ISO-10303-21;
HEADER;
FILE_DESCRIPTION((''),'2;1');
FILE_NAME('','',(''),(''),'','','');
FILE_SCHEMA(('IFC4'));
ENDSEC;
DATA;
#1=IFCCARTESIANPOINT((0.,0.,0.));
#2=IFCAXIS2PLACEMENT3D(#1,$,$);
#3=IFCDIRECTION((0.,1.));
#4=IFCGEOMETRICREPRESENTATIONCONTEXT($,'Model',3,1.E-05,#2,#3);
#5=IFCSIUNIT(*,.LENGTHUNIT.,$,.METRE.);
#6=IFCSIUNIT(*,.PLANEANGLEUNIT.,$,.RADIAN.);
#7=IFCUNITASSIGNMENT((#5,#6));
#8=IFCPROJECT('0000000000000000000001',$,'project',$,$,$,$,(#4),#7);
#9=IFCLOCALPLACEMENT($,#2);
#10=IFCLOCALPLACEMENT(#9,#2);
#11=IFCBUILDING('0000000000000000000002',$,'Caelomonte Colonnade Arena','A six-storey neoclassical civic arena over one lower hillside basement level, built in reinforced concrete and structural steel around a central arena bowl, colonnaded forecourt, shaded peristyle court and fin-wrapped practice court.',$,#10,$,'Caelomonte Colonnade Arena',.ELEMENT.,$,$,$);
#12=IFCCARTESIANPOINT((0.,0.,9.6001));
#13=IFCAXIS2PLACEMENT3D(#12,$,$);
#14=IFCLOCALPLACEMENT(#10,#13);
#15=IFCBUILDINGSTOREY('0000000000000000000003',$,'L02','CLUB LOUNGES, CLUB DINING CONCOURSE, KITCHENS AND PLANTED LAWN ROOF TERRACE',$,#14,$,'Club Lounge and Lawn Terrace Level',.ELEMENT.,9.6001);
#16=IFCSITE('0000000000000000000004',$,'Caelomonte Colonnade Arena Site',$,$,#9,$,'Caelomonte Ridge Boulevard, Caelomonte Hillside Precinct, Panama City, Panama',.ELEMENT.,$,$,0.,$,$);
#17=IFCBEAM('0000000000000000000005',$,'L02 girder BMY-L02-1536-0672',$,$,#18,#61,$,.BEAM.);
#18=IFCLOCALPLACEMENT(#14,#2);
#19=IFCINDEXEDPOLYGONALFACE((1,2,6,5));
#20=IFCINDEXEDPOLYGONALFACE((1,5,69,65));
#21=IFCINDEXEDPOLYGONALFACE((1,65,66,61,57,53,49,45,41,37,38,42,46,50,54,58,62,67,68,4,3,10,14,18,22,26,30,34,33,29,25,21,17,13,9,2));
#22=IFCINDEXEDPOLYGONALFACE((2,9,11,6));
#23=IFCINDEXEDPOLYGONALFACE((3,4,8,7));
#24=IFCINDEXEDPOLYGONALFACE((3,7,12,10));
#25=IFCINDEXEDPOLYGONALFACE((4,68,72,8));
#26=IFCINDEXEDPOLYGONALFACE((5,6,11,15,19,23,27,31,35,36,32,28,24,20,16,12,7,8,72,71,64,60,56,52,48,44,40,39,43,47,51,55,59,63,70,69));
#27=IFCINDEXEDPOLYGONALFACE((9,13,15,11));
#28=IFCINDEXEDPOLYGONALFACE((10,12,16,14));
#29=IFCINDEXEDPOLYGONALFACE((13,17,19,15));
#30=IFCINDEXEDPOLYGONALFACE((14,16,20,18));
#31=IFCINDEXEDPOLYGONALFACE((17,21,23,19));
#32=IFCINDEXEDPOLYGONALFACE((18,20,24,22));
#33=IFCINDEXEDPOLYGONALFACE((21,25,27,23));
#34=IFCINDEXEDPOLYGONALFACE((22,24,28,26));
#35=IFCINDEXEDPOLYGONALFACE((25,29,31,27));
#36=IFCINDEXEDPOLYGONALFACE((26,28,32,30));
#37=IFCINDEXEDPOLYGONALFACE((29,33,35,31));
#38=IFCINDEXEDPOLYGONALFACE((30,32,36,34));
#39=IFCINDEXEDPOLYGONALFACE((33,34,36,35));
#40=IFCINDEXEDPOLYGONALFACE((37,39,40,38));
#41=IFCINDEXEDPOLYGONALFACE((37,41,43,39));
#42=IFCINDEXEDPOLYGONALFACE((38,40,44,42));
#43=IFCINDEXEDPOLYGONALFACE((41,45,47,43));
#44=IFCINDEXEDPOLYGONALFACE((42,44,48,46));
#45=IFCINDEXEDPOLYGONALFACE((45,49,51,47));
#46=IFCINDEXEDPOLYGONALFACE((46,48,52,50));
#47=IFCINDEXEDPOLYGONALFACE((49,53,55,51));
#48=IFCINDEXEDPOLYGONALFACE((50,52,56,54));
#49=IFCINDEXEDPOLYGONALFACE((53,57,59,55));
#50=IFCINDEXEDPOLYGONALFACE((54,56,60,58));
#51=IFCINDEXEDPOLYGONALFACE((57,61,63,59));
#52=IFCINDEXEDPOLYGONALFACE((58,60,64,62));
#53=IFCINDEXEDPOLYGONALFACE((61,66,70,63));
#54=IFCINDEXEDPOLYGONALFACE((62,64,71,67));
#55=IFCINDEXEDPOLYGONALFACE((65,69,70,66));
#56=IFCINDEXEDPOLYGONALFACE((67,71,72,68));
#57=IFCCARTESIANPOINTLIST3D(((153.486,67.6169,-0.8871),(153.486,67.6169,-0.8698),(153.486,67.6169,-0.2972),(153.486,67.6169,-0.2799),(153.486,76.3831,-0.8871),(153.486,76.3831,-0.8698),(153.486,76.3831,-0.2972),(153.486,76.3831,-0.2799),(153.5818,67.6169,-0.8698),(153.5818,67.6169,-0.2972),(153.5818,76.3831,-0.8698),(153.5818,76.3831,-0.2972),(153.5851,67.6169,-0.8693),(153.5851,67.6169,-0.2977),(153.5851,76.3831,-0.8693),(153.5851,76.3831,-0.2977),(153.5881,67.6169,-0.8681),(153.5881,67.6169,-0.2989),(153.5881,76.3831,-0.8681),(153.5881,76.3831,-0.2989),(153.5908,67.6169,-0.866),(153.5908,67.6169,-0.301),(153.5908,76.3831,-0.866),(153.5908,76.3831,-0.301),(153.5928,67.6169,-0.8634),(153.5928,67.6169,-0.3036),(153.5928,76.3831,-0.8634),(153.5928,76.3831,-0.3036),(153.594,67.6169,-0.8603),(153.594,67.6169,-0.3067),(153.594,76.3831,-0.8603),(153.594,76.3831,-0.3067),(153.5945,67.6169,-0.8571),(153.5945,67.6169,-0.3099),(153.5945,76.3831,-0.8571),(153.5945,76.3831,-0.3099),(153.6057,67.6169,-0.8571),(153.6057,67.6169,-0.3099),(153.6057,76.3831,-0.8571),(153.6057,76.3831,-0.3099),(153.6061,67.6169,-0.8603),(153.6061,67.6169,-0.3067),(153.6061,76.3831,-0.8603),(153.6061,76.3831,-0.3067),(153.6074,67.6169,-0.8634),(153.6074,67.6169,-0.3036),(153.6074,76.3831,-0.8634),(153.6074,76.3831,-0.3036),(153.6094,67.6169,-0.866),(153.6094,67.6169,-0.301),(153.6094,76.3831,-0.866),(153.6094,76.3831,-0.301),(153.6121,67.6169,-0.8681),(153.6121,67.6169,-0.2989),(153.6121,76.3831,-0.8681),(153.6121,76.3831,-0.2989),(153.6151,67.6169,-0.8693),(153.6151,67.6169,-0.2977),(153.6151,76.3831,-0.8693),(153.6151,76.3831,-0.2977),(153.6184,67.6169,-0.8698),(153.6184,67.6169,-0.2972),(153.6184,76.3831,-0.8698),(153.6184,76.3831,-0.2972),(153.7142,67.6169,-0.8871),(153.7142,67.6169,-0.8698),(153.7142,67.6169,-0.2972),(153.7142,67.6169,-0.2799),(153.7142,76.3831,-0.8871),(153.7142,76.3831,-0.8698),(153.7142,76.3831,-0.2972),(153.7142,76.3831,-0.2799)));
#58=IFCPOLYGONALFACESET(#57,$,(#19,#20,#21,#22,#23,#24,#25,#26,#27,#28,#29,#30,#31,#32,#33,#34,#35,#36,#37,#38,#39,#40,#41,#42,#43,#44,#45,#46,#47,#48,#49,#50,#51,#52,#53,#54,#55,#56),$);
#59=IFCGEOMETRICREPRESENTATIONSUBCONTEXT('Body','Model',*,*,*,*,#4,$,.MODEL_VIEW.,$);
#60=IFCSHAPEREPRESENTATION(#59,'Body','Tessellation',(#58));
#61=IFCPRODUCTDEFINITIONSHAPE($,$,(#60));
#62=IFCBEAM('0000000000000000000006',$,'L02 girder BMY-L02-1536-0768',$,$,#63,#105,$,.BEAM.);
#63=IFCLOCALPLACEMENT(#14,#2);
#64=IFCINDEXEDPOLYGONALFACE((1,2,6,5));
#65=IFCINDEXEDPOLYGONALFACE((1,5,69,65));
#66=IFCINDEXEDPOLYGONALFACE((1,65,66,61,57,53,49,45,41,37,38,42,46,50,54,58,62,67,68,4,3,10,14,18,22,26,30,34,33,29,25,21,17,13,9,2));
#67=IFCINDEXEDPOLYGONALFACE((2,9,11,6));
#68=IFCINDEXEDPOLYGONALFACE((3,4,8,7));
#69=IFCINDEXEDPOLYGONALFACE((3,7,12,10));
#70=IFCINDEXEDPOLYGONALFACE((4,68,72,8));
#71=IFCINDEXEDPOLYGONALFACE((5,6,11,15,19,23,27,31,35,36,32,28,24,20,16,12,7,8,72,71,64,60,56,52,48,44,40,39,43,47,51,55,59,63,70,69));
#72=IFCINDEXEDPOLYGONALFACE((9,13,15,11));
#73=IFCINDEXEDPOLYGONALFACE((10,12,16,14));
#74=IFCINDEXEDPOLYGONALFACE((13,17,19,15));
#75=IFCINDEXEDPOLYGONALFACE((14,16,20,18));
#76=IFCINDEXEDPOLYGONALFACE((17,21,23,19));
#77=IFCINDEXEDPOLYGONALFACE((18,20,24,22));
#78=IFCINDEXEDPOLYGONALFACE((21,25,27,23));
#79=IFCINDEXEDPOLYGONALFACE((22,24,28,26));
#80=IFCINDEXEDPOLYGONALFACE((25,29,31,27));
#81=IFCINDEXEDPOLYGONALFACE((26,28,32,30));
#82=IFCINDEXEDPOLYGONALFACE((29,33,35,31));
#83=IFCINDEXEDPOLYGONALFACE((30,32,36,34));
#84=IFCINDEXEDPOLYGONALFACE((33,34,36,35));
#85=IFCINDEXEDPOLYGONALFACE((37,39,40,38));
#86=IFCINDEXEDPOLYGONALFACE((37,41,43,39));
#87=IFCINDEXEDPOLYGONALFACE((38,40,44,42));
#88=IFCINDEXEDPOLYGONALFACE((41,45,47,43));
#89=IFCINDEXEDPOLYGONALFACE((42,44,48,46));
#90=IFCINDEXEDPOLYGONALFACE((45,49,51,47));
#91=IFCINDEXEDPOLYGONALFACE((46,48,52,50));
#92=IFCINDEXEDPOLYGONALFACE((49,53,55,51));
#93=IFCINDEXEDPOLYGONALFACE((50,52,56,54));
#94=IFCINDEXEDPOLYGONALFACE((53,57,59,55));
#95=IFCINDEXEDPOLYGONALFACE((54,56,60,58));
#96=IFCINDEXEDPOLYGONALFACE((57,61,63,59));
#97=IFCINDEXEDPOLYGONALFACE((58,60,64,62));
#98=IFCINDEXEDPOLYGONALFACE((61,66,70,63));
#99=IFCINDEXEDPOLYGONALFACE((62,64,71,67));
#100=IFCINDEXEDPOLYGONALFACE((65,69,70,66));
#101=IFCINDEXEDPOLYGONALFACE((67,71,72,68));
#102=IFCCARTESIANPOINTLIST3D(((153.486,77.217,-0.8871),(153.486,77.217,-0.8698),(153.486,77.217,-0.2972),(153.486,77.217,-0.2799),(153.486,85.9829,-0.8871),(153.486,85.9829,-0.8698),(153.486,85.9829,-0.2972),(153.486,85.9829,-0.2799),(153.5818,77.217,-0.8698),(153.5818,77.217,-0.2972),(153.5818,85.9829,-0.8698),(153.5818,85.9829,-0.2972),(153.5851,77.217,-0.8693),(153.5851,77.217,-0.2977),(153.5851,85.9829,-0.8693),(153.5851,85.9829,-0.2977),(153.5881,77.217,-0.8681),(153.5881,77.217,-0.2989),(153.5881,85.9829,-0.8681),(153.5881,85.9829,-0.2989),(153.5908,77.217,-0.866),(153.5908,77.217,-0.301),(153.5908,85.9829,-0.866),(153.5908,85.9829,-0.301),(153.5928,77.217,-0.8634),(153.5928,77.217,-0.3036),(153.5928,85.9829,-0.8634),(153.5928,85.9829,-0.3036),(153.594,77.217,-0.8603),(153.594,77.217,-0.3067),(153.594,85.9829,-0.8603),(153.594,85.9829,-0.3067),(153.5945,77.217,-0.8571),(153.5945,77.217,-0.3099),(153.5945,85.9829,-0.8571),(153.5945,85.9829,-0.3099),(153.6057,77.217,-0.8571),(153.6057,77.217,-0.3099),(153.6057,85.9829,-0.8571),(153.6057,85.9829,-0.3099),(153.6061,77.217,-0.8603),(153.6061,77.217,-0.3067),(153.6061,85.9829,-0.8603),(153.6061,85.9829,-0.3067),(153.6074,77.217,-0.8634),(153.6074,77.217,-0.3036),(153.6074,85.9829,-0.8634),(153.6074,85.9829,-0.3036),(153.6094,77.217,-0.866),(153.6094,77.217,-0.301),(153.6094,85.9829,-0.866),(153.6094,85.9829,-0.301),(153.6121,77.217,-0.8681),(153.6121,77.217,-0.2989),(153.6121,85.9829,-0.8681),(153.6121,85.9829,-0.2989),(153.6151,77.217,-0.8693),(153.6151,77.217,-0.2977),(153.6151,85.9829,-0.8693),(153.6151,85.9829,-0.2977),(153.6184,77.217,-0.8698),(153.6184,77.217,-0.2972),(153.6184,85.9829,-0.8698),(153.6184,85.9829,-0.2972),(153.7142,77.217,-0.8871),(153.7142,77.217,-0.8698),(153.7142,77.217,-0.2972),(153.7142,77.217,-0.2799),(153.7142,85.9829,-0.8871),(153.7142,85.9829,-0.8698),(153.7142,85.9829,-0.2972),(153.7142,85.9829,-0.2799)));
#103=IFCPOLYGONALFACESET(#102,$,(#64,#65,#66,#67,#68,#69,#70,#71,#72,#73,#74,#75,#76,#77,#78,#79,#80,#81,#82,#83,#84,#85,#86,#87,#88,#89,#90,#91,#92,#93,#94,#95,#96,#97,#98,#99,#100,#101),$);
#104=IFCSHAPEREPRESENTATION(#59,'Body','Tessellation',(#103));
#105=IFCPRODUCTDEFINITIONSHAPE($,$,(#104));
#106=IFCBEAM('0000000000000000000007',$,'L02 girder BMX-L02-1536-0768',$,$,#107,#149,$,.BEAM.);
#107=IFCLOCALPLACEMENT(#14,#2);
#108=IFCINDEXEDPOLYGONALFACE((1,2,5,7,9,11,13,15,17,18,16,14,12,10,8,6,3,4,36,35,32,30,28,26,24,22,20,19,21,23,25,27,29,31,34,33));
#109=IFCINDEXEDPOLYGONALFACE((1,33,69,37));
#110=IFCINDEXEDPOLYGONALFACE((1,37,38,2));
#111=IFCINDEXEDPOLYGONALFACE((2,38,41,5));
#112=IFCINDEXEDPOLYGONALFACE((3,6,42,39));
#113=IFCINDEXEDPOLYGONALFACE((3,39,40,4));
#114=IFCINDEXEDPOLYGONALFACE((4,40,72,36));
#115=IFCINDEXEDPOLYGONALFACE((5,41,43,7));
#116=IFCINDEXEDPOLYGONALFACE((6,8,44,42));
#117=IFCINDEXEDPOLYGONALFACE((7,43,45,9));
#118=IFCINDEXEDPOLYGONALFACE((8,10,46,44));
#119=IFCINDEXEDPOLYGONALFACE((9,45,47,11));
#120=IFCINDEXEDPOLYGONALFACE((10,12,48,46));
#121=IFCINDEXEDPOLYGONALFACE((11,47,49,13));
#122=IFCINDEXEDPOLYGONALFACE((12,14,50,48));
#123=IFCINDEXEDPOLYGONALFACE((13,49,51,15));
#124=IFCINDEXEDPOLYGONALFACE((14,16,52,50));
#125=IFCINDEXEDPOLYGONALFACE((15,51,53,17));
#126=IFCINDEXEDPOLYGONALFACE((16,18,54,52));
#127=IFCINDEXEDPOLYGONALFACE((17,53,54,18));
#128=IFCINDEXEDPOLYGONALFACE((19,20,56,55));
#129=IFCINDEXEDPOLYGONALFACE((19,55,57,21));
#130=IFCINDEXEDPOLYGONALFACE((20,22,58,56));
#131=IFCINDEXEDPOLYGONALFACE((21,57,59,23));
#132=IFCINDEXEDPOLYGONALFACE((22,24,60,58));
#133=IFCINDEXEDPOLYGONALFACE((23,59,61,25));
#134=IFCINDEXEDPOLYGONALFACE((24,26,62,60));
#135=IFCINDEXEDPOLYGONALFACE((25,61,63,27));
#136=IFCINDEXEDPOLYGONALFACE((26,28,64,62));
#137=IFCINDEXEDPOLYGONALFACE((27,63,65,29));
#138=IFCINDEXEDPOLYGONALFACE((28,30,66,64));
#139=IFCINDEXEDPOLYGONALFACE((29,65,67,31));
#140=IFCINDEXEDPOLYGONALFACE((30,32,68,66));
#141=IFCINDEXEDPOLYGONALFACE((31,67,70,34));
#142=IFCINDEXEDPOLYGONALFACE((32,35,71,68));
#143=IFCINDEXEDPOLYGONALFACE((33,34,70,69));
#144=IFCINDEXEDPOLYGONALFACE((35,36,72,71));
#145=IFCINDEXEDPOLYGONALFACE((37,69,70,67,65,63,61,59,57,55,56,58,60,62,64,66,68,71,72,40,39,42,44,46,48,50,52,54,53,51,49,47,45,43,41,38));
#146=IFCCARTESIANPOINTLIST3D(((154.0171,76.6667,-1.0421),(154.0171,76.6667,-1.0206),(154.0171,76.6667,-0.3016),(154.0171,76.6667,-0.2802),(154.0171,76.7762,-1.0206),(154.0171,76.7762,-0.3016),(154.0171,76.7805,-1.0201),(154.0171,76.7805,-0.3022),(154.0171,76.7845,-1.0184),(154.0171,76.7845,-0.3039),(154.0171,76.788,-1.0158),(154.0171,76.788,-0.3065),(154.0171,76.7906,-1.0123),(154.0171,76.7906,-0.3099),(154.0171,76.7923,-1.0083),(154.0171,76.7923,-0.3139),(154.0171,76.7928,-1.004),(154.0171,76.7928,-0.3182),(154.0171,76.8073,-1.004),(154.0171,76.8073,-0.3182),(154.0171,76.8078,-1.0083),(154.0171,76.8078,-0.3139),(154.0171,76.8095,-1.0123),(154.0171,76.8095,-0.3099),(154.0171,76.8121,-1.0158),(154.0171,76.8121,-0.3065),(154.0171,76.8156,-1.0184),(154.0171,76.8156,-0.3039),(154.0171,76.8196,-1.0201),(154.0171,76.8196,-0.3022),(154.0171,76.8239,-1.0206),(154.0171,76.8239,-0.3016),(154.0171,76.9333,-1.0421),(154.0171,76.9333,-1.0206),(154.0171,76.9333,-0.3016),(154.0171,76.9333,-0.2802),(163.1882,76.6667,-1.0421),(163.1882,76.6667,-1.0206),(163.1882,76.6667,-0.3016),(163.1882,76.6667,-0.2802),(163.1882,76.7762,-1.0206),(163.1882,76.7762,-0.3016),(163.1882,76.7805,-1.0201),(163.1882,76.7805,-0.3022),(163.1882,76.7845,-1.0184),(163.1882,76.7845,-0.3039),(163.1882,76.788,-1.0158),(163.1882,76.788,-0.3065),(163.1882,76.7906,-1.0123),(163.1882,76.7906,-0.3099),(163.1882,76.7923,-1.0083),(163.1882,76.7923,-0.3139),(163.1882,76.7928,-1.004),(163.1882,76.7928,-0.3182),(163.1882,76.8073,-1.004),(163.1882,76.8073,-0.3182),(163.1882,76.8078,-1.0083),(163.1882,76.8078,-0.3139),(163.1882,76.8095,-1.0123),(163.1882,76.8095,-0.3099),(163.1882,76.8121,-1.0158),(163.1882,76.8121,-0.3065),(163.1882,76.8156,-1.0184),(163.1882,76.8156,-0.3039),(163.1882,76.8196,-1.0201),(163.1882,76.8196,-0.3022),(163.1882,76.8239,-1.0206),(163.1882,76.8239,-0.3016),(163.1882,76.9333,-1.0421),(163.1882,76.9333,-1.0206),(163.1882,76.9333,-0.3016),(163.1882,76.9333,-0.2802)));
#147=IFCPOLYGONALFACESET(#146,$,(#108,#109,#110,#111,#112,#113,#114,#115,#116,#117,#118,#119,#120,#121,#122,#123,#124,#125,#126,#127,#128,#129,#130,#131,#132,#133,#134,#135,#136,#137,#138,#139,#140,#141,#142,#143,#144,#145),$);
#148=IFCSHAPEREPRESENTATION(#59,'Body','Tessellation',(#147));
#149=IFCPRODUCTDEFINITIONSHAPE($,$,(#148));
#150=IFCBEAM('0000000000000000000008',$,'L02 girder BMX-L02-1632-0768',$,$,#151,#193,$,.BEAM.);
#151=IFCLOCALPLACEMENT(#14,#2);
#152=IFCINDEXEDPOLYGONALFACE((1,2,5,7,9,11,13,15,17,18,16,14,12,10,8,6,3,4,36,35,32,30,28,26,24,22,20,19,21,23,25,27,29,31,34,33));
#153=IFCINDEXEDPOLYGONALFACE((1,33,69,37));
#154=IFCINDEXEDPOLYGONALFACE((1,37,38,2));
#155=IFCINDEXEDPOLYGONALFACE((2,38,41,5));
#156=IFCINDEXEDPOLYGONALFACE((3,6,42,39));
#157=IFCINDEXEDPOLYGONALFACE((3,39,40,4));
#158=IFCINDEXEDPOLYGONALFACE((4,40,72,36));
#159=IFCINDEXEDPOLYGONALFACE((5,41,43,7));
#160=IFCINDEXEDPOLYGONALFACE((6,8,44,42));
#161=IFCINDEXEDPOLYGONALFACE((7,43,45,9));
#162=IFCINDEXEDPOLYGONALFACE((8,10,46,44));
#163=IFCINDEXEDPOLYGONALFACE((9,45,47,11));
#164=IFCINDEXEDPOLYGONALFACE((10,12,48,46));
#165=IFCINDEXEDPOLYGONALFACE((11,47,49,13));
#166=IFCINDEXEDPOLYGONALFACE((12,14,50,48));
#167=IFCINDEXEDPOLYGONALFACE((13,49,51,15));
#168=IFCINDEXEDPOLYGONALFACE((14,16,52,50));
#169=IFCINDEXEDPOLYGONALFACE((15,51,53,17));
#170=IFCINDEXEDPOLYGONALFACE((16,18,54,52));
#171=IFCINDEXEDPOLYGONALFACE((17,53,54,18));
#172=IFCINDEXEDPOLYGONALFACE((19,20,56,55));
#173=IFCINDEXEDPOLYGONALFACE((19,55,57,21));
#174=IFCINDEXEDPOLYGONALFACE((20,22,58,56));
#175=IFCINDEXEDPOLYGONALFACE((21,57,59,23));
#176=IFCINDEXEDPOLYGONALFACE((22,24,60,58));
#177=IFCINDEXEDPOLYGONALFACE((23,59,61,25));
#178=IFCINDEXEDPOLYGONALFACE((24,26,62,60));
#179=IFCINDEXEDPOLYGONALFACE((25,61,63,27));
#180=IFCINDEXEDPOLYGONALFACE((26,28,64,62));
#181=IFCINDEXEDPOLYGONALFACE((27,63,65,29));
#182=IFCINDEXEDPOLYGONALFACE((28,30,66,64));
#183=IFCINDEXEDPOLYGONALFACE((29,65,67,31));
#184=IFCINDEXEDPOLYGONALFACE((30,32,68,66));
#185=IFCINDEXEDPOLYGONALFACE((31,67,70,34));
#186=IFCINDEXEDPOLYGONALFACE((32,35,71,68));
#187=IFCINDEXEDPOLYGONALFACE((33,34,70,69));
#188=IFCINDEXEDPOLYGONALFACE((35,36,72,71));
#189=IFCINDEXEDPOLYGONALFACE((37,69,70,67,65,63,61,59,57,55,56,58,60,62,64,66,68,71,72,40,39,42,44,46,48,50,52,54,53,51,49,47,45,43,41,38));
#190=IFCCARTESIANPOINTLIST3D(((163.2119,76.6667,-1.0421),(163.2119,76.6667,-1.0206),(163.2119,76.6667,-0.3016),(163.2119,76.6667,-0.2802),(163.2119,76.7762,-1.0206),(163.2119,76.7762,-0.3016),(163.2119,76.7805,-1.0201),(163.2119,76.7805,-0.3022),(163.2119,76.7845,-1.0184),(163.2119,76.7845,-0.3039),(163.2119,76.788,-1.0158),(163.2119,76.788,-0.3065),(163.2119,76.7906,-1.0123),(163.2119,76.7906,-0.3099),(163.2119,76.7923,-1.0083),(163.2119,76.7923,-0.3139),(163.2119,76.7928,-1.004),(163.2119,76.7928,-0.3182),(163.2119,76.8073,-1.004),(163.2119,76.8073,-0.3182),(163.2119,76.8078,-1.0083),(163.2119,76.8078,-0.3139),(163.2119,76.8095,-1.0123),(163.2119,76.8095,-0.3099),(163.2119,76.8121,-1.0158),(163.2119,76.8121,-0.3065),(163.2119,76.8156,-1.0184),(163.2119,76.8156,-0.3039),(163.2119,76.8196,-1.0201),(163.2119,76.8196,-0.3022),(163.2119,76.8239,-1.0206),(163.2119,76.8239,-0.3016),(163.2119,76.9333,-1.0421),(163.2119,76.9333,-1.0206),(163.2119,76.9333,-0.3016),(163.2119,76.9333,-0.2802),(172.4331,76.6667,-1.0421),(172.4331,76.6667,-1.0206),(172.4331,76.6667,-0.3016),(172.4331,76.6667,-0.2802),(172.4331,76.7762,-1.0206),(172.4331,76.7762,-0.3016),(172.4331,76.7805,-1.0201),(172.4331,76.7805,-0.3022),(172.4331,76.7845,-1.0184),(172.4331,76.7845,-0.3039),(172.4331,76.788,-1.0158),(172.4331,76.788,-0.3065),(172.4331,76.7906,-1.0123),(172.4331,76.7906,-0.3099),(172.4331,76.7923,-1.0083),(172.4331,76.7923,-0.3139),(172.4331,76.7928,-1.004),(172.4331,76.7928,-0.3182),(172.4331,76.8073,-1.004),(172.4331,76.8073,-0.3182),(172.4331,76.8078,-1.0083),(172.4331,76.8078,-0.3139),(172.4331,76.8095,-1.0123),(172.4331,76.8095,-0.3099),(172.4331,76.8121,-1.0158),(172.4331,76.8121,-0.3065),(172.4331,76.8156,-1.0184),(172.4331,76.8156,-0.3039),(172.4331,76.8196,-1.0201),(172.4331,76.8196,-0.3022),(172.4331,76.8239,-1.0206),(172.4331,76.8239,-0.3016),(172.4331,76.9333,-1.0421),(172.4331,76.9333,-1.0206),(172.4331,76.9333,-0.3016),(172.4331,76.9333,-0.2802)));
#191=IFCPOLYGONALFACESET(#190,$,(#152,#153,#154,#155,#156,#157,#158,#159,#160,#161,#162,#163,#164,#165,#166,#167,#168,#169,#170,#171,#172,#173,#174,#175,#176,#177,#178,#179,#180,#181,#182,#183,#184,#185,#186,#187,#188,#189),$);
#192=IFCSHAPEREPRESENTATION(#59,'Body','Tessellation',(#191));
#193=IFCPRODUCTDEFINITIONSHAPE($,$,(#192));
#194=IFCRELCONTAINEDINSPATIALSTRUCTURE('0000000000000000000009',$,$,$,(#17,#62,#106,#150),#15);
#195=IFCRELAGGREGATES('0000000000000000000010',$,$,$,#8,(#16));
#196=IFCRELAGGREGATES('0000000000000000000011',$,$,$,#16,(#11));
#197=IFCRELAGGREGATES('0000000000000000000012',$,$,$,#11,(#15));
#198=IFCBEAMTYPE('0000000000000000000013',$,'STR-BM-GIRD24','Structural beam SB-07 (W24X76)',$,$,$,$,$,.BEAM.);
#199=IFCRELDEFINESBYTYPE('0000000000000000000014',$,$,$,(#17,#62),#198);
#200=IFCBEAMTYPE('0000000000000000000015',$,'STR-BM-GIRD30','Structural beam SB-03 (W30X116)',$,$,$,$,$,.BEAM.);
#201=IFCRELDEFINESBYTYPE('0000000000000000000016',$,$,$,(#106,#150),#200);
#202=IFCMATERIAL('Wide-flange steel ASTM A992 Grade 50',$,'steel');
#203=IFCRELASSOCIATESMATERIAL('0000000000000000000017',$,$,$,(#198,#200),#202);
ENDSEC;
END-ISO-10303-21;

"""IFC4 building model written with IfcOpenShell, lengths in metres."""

from ifc_helpers import new_model, si_unit, direction, frame, origin, origin_2d, place, context, subcontext, project, spatial, i_section, extrude, material, material_profile, profile_set, type_object, element, save


model = new_model("IFC4")

# Units and contexts
model_context = context("Model", 3, precision=1e-05, world=origin(), true_north=direction((0.0, 1.0)))
body_context = subcontext(model_context, "Body", "Model", "MODEL_VIEW")
ifc_project = project(units=[si_unit("LENGTHUNIT", "METRE"), si_unit("PLANEANGLEUNIT", "RADIAN")], contexts=[model_context])

# Site, building, storey
site_placement = place(None, origin())
site = spatial("IfcSite", under=ifc_project, at=site_placement, Name="Caelomonte Colonnade Arena Site", LongName="Caelomonte Ridge Boulevard, Caelomonte Hillside Precinct, Panama City, Panama", CompositionType="ELEMENT", RefElevation=0.0)
building_placement = place(site_placement, origin())
building = spatial("IfcBuilding", under=site, at=building_placement, Name="Caelomonte Colonnade Arena", Description="A six-storey neoclassical civic arena over one lower hillside basement level, built in reinforced concrete and structural steel around a central arena bowl, colonnaded forecourt, shaded peristyle court and fin-wrapped practice court.", LongName="Caelomonte Colonnade Arena", CompositionType="ELEMENT")
storey_placement = place(building_placement, frame((0.0, 0.0, 9.6001)))
storey = spatial("IfcBuildingStorey", under=building, at=storey_placement, Name="L02", Description="CLUB LOUNGES, CLUB DINING CONCOURSE, KITCHENS AND PLANTED LAWN ROOF TERRACE", LongName="Club Lounge and Lawn Terrace Level", CompositionType="ELEMENT", Elevation=9.6001)

# Shared definitions
ifc_material_1 = material(Name="Wide-flange steel ASTM A992 Grade 50", Category="steel")

# Beams
ifc_material_profile_1 = material_profile(ifc_material_1, i_section(OverallWidth=0.2283, OverallDepth=0.6072, WebThickness=0.0112, FlangeThickness=0.0173, FilletRadius=0.0127, at=origin_2d()), Name="W24X76")
ifc_profile_set_1 = profile_set([ifc_material_profile_1], Name="Wide-flange steel ASTM A992 Grade 50")
beam_type_1 = type_object("IfcBeamType", Name="STR-BM-GIRD24", Description="Structural beam SB-07 (W24X76)", PredefinedType="BEAM", material=ifc_profile_set_1)
beam_1_placement = place(storey_placement, frame((153.6001, 67.6169, -0.5835), z_axis=(0.0, 1.0, 0.0), x_axis=(-1.0, 0.0, 0.0)))
element("IfcBeam", 1, at=beam_1_placement, inside=storey, type_object=beam_type_1, Name="L02 girder BMY-L02-1536-0672", PredefinedType="BEAM", context=body_context, shape_type="SweptSolid", body=[
    extrude(i_section(OverallWidth=0.2283, OverallDepth=0.6072, WebThickness=0.0112, FlangeThickness=0.0173, FilletRadius=0.0127, at=origin_2d()), origin(), (0.0, 0.0, 1.0), 8.7661),
])
beam_2_placement = place(storey_placement, frame((153.6001, 77.217, -0.5835), z_axis=(0.0, 1.0, 0.0), x_axis=(-1.0, 0.0, 0.0)))
element("IfcBeam", 2, at=beam_2_placement, inside=storey, type_object=beam_type_1, Name="L02 girder BMY-L02-1536-0768", PredefinedType="BEAM", context=body_context, shape_type="SweptSolid", body=[
    extrude(i_section(OverallWidth=0.2283, OverallDepth=0.6072, WebThickness=0.0112, FlangeThickness=0.0173, FilletRadius=0.0127, at=origin_2d()), origin(), (0.0, 0.0, 1.0), 8.7659),
])
ifc_material_profile_2 = material_profile(ifc_material_1, i_section(OverallWidth=0.2666, OverallDepth=0.762, WebThickness=0.0144, FlangeThickness=0.0215, FilletRadius=0.0166, at=origin_2d()), Name="W30X116")
ifc_profile_set_2 = profile_set([ifc_material_profile_2], Name="Wide-flange steel ASTM A992 Grade 50")
beam_type_2 = type_object("IfcBeamType", Name="STR-BM-GIRD30", Description="Structural beam SB-03 (W30X116)", PredefinedType="BEAM", material=ifc_profile_set_2)
beam_3_placement = place(storey_placement, frame((154.0171, 76.8, -0.6611), z_axis=(1.0, 0.0, 0.0), x_axis=(0.0, 1.0, 0.0)))
element("IfcBeam", 3, at=beam_3_placement, inside=storey, type_object=beam_type_2, Name="L02 girder BMX-L02-1536-0768", PredefinedType="BEAM", context=body_context, shape_type="SweptSolid", body=[
    extrude(i_section(OverallWidth=0.2666, OverallDepth=0.762, WebThickness=0.0144, FlangeThickness=0.0215, FilletRadius=0.0166, at=origin_2d()), origin(), (0.0, 0.0, 1.0), 9.1711),
])
beam_4_placement = place(storey_placement, frame((163.2119, 76.8, -0.6611), z_axis=(1.0, 0.0, 0.0), x_axis=(0.0, 1.0, 0.0)))
element("IfcBeam", 4, at=beam_4_placement, inside=storey, type_object=beam_type_2, Name="L02 girder BMX-L02-1632-0768", PredefinedType="BEAM", context=body_context, shape_type="SweptSolid", body=[
    extrude(i_section(OverallWidth=0.2666, OverallDepth=0.762, WebThickness=0.0144, FlangeThickness=0.0215, FilletRadius=0.0166, at=origin_2d()), origin(), (0.0, 0.0, 1.0), 9.2212),
])

save(model, "model.ifc")
